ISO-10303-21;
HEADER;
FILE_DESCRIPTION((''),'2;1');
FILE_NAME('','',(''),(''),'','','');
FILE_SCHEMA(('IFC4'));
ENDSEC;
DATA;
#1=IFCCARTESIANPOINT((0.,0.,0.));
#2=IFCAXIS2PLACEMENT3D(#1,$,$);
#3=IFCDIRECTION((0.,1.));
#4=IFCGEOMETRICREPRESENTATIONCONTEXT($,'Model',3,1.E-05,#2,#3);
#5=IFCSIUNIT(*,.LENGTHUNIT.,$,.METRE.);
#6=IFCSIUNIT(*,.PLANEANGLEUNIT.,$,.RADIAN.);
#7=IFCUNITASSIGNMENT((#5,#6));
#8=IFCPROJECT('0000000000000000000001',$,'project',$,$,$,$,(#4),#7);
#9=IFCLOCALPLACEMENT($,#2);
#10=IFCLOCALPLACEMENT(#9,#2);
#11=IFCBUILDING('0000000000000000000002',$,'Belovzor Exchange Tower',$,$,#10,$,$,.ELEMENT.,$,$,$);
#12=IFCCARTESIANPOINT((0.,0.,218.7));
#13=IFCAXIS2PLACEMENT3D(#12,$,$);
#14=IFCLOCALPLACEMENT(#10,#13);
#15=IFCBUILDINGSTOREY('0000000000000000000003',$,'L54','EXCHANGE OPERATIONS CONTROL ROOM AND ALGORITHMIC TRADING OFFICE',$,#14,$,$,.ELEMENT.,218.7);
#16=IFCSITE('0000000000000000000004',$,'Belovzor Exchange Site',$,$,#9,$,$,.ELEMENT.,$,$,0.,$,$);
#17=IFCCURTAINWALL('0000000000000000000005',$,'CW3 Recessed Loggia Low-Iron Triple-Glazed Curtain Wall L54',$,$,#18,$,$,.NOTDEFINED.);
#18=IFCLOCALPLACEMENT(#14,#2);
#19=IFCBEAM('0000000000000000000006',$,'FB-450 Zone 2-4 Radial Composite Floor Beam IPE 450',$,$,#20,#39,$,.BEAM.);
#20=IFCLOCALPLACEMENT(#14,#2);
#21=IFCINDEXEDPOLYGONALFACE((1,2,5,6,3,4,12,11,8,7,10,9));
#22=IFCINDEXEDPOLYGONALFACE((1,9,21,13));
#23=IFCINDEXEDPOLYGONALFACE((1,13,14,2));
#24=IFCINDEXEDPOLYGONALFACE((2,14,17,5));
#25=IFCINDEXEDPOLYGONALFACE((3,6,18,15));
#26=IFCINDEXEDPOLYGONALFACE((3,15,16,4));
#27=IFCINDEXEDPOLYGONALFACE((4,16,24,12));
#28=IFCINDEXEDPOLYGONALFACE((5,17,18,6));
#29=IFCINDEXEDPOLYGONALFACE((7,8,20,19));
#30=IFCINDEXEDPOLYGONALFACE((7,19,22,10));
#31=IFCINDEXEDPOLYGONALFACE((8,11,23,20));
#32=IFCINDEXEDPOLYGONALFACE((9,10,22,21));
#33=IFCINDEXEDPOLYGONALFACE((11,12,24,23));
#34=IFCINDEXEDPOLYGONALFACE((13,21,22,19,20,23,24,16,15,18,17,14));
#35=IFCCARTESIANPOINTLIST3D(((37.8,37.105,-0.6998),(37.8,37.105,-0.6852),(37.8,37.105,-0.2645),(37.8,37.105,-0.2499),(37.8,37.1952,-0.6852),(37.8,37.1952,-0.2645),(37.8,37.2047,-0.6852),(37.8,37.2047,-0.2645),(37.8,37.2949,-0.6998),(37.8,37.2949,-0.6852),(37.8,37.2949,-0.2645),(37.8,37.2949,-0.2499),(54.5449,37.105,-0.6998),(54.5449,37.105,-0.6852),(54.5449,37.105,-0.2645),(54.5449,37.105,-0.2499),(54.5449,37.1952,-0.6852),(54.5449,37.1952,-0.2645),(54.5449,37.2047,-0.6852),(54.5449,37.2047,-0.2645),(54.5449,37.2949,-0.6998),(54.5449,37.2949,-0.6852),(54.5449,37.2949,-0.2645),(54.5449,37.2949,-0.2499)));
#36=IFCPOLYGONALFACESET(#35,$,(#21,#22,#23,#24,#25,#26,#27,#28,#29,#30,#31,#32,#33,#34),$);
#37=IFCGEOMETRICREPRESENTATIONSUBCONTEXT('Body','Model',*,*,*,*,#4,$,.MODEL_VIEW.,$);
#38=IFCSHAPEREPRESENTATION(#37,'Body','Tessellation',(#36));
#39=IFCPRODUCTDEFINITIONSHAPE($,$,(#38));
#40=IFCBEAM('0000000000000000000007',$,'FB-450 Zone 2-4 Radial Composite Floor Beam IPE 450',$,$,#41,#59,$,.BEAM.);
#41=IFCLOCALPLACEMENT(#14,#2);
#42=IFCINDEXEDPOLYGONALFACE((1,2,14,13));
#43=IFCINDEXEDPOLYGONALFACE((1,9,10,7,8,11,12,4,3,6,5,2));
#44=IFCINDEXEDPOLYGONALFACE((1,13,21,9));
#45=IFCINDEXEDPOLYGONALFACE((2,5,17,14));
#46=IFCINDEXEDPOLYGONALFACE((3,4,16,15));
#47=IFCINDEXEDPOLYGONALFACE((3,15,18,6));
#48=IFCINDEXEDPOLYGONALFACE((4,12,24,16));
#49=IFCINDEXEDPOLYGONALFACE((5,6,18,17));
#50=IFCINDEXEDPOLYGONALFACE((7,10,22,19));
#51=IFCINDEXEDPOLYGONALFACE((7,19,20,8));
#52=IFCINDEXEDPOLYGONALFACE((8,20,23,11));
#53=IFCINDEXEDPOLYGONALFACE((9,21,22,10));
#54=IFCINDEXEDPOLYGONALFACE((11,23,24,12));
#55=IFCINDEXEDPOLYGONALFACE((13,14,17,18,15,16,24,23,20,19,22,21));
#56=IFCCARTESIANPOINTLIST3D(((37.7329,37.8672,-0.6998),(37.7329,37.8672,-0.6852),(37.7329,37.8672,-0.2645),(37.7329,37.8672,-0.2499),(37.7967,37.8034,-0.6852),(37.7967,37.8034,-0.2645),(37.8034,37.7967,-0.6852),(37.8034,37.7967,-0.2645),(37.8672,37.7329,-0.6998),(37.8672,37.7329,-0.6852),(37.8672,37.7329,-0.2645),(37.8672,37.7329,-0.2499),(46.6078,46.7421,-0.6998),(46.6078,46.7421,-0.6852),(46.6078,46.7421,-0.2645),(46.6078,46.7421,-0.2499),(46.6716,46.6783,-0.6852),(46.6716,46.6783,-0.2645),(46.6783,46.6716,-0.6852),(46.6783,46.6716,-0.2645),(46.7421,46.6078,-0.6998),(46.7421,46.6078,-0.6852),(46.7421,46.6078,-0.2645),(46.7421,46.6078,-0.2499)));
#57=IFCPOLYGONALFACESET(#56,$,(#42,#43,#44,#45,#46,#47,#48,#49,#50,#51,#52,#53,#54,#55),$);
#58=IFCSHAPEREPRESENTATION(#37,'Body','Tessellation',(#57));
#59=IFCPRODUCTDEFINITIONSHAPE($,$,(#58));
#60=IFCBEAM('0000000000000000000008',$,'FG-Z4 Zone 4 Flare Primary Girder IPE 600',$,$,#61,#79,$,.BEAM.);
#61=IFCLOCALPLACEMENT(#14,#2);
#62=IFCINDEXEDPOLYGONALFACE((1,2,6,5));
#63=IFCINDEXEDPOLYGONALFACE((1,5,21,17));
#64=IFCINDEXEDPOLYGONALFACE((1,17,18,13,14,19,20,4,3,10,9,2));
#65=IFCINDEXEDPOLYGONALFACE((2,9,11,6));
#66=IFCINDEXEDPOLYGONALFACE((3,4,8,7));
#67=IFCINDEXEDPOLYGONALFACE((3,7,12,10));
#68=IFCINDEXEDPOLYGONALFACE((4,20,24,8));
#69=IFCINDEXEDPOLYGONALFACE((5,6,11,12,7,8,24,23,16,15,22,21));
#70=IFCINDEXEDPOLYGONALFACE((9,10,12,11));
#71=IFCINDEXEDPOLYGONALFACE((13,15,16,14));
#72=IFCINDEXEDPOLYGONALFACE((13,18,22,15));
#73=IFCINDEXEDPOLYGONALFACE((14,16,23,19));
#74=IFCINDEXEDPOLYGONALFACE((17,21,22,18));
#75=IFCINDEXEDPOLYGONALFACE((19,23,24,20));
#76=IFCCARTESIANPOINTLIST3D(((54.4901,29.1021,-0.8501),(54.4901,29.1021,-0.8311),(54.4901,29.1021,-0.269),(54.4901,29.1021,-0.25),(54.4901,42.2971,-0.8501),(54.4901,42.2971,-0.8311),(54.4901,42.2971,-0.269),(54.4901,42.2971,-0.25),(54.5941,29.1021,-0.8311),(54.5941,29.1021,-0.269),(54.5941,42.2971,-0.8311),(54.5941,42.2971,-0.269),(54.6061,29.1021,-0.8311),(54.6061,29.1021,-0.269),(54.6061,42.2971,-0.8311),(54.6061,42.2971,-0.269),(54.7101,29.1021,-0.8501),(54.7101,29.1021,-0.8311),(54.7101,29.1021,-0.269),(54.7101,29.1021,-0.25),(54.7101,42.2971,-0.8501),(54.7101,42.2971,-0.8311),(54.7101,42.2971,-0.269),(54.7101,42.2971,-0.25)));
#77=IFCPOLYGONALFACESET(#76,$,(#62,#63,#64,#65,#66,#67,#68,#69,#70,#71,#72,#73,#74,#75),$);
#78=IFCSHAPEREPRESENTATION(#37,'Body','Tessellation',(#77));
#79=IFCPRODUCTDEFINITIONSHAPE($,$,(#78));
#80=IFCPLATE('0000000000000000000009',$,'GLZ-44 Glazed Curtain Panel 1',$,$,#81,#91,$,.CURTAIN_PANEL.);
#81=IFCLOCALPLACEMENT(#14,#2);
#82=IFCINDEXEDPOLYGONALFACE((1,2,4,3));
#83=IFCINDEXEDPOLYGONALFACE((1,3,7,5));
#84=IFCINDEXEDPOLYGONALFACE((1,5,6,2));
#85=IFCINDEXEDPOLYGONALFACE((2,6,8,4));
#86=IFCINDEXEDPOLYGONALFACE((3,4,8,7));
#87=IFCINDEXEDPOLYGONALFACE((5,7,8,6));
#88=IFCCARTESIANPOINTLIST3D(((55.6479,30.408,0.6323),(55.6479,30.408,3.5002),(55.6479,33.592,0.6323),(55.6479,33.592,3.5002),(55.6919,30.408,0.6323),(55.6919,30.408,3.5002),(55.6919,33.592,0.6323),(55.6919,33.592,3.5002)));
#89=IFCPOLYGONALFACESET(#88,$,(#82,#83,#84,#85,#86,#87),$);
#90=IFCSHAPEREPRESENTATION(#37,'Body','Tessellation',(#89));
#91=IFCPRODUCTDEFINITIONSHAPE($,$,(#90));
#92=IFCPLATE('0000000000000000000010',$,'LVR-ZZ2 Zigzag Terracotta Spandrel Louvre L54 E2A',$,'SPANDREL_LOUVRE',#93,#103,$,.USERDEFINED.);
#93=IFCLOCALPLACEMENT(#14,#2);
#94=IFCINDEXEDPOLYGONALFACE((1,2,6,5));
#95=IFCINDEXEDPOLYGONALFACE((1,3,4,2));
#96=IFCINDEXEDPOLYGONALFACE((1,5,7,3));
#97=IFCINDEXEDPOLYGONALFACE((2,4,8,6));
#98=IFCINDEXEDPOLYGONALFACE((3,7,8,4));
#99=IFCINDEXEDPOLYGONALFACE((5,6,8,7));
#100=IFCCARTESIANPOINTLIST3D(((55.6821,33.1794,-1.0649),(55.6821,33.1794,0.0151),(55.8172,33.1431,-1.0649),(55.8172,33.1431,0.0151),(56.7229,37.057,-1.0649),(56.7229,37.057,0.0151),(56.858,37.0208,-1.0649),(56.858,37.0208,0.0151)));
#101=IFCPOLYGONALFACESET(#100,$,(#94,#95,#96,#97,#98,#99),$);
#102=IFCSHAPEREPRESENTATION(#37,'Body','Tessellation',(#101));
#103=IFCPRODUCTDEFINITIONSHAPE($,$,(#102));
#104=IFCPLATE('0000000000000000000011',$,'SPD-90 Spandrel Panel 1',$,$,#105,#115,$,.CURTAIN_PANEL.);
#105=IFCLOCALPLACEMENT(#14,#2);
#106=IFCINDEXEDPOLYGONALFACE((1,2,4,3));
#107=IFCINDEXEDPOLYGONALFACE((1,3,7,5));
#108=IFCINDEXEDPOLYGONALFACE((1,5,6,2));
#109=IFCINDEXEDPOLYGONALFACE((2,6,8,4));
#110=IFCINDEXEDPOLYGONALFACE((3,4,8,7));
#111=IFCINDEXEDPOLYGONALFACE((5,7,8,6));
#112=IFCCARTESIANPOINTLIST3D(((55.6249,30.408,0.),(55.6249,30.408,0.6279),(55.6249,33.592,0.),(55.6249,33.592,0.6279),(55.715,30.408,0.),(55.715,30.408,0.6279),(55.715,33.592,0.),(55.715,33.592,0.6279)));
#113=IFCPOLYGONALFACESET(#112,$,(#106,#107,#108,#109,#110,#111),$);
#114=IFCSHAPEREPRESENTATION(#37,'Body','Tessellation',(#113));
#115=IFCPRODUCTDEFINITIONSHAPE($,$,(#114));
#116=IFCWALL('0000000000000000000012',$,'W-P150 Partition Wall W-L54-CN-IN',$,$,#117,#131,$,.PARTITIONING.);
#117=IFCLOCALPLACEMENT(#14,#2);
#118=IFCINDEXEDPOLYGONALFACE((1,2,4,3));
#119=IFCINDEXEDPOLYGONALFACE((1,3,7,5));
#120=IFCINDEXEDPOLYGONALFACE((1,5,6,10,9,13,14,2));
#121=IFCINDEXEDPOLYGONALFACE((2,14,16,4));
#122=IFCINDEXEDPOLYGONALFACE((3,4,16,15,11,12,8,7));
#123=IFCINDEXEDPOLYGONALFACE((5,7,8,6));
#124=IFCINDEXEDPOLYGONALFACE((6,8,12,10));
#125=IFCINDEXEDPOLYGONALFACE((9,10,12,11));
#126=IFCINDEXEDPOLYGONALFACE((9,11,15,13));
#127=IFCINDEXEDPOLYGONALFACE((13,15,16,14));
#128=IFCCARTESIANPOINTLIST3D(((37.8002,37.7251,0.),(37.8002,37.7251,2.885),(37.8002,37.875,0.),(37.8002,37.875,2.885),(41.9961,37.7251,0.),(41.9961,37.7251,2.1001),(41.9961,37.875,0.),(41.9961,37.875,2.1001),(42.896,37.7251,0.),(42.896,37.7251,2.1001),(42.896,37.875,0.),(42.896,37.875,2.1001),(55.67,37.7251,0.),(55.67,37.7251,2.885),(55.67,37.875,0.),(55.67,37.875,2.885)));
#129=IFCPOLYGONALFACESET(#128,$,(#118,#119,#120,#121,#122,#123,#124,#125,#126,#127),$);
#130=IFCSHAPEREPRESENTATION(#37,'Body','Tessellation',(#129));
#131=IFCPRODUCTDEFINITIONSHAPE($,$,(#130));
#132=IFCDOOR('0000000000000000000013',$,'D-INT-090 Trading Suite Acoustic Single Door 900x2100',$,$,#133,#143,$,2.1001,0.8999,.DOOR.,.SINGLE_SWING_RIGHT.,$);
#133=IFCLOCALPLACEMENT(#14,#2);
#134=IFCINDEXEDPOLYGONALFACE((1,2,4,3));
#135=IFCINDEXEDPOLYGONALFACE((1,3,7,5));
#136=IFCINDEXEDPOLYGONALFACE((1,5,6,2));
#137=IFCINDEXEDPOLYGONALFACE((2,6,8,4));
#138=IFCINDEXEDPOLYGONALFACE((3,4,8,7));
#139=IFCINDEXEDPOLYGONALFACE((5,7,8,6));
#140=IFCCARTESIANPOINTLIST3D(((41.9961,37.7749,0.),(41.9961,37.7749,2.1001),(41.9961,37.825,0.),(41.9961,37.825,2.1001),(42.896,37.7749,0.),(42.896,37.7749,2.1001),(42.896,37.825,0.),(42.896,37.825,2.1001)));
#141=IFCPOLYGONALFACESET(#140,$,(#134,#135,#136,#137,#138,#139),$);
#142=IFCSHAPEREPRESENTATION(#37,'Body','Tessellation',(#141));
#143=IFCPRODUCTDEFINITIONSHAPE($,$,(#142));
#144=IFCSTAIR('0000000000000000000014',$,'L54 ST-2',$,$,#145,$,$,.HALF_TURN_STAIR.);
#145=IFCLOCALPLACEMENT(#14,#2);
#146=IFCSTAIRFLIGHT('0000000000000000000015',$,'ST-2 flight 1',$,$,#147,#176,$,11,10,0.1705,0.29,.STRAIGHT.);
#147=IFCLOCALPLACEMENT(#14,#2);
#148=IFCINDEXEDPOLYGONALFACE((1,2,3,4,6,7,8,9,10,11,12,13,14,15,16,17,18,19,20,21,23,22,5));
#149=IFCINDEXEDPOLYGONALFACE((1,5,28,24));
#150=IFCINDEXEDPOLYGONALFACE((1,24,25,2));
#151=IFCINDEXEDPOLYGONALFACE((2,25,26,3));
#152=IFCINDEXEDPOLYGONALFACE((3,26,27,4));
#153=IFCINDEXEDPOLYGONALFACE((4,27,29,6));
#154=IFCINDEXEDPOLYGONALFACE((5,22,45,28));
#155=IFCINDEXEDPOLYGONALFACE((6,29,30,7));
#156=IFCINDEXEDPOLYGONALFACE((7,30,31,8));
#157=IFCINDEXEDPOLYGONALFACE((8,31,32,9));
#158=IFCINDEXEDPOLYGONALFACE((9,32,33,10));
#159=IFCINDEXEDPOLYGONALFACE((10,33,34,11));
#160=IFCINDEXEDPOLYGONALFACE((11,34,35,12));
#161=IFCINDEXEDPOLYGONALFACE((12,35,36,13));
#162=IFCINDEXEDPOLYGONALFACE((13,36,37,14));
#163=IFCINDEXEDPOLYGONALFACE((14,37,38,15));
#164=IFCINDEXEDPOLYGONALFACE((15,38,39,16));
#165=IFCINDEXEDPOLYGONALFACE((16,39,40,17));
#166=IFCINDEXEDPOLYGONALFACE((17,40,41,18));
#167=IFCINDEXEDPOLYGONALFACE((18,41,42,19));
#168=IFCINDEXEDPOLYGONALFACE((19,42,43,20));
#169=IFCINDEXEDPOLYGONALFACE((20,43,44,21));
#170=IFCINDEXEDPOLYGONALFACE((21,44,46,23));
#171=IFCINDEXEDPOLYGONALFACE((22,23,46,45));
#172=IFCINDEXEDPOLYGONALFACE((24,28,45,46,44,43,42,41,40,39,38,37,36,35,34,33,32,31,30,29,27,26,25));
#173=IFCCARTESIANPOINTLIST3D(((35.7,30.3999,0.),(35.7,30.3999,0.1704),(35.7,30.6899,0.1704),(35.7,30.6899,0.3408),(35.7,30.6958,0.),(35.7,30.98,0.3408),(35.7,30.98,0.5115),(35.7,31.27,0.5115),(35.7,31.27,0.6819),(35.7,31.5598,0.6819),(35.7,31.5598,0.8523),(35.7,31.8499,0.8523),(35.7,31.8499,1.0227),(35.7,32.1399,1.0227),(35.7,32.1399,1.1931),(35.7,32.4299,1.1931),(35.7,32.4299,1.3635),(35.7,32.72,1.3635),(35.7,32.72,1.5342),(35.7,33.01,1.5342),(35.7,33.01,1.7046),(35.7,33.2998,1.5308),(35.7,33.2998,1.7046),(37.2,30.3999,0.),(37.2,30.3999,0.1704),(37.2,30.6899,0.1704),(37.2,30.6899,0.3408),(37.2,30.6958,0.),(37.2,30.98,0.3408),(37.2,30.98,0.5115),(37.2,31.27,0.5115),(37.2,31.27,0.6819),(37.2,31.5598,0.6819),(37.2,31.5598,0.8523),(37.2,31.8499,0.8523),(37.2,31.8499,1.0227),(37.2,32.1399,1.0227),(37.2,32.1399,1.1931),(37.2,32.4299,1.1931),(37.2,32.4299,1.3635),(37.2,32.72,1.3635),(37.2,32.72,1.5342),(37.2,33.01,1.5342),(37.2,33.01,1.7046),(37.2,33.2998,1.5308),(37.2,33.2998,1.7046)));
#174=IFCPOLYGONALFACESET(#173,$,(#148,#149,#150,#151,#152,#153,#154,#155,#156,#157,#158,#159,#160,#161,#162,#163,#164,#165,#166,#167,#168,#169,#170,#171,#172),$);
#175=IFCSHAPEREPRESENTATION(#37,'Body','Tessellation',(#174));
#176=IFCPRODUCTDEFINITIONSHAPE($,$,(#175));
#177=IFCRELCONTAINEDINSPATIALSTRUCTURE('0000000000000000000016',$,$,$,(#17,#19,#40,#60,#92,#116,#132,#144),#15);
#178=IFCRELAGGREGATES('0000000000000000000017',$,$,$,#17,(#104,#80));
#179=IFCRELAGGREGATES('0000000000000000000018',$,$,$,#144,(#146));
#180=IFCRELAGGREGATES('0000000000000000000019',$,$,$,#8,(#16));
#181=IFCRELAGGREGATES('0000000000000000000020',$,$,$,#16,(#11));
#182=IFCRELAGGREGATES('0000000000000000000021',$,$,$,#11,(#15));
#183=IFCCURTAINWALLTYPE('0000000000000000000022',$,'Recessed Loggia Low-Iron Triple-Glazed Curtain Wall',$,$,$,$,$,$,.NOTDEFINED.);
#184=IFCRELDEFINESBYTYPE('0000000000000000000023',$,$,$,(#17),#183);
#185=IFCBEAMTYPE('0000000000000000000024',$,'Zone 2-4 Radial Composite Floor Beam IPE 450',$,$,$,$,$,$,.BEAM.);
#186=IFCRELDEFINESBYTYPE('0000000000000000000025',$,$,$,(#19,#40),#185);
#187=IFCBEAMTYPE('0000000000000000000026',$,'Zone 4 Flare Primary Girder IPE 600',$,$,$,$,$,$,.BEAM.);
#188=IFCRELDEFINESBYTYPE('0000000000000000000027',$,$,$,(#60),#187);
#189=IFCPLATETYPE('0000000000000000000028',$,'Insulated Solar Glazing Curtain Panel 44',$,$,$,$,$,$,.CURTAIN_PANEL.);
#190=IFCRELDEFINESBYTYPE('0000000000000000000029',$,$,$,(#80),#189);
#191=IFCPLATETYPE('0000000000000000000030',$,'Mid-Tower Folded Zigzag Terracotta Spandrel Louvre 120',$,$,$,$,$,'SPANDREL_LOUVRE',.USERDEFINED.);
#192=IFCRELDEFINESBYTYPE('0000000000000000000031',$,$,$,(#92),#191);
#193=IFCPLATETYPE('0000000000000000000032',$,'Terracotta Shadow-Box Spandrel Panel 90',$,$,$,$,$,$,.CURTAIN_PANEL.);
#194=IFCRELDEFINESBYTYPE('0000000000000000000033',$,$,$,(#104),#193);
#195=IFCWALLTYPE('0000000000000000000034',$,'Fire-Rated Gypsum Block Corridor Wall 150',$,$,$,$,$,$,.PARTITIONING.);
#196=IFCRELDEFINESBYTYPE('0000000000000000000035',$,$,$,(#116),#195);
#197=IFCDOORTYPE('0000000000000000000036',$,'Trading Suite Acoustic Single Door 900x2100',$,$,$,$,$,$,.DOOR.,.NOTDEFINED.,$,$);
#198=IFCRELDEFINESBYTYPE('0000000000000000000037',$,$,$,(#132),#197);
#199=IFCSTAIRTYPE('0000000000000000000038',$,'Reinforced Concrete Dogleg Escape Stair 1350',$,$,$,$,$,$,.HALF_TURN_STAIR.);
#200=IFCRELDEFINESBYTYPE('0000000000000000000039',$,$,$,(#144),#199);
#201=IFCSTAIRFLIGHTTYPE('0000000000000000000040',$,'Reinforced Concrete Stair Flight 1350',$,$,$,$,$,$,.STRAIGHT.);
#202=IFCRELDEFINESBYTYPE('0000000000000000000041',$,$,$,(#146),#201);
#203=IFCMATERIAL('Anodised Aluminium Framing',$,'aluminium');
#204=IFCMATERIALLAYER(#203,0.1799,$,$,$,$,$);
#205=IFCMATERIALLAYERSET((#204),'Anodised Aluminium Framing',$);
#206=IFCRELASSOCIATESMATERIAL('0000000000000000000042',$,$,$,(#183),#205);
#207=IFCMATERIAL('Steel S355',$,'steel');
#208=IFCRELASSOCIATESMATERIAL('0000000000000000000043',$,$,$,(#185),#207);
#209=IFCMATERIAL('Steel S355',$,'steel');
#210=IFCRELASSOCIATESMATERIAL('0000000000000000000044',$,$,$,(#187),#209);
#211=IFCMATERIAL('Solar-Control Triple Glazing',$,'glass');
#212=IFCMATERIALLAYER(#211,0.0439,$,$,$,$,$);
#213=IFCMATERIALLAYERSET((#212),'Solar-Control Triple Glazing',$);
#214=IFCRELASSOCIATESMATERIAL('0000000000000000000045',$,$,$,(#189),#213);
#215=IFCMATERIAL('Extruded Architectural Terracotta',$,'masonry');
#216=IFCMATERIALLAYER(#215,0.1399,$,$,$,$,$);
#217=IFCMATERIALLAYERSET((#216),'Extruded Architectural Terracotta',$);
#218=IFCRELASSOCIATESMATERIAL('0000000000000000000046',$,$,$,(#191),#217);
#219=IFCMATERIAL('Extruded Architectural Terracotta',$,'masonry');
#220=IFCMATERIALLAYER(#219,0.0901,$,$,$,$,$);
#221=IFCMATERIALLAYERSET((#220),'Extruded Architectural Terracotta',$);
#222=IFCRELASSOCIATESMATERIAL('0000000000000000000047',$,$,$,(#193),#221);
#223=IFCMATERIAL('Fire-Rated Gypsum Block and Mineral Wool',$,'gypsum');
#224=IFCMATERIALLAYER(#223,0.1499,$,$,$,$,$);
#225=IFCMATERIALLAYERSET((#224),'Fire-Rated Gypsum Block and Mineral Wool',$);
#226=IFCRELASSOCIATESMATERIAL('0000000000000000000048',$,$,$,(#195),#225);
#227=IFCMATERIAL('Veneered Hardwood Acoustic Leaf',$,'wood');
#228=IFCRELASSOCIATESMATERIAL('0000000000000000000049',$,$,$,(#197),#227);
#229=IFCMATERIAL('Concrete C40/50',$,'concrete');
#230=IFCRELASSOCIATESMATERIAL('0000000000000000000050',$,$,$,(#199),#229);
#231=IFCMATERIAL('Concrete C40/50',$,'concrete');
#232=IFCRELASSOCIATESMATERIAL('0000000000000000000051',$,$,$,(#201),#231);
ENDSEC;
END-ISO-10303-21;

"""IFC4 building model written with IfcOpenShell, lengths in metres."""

from ifc_helpers import new_model, si_unit, direction, frame, frame_2d, origin, origin_2d, place, context, subcontext, project, spatial, polyline, rectangle, i_section, outline, extrude, material, layer, layer_set, material_profile, profile_set, type_object, element, fill, aggregate, save


model = new_model("IFC4")

# Units and contexts
model_context = context("Model", 3, precision=1e-05, world=origin(), true_north=direction((0.0, 1.0)))
body_context = subcontext(model_context, "Body", "Model", "MODEL_VIEW")
ifc_project = project(units=[si_unit("LENGTHUNIT", "METRE"), si_unit("PLANEANGLEUNIT", "RADIAN")], contexts=[model_context])

# Site, building, storey
site_placement = place(None, origin())
site = spatial("IfcSite", under=ifc_project, at=site_placement, Name="Belovzor Exchange Site", CompositionType="ELEMENT", RefElevation=0.0)
building_placement = place(site_placement, origin())
building = spatial("IfcBuilding", under=site, at=building_placement, Name="Belovzor Exchange Tower", CompositionType="ELEMENT")
storey_placement = place(building_placement, frame((0.0, 0.0, 218.7)))
storey = spatial("IfcBuildingStorey", under=building, at=storey_placement, Name="L54", Description="EXCHANGE OPERATIONS CONTROL ROOM AND ALGORITHMIC TRADING OFFICE", CompositionType="ELEMENT", Elevation=218.7)

# Curtain wall
ifc_material_1 = material(Name="Anodised Aluminium Framing", Category="aluminium")
ifc_layer_1 = layer(ifc_material_1, 0.1799)
ifc_layer_set_1 = layer_set([ifc_layer_1], Name="Anodised Aluminium Framing")
curtain_wall_type = type_object("IfcCurtainWallType", Name="Recessed Loggia Low-Iron Triple-Glazed Curtain Wall", PredefinedType="NOTDEFINED", material=ifc_layer_set_1)
curtain_wall_placement = place(storey_placement, origin())
curtain_wall = element("IfcCurtainWall", 1, at=curtain_wall_placement, inside=storey, type_object=curtain_wall_type, Name="CW3 Recessed Loggia Low-Iron Triple-Glazed Curtain Wall L54", PredefinedType="NOTDEFINED")

# Beams
ifc_material_2 = material(Name="Steel S355", Category="steel")
ifc_material_profile_1 = material_profile(ifc_material_2, i_section(OverallWidth=0.1899, OverallDepth=0.45, WebThickness=0.0095, FlangeThickness=0.0146, at=origin_2d()))
ifc_profile_set_1 = profile_set([ifc_material_profile_1], Name="Steel S355")
beam_type_1 = type_object("IfcBeamType", Name="Zone 2-4 Radial Composite Floor Beam IPE 450", PredefinedType="BEAM", material=ifc_profile_set_1)
for number, where, z_axis, x_axis, name in (
    (2, (37.8, 37.2, -0.4749), (1.0, 0.0, 0.0), (0.0, 1.0, 0.0), "FB-450 Zone 2-4 Radial Composite Floor Beam IPE 450"),
):
    element("IfcBeam", number, at=place(storey_placement, frame(where, z_axis=z_axis, x_axis=x_axis)), inside=storey, type_object=beam_type_1, Name=name, PredefinedType="BEAM", context=body_context, shape_type="SweptSolid", body=[
        extrude(i_section(OverallWidth=0.1899, OverallDepth=0.45, WebThickness=0.0095, FlangeThickness=0.0146, at=origin_2d()), origin(), (0.0, 0.0, 1.0), 16.7449),
    ])
beam_1_placement = place(storey_placement, frame((37.8, 37.8, -0.4749), z_axis=(0.707107, 0.707107, 0.0), x_axis=(-0.707107, 0.707107, 0.0)))
element("IfcBeam", 3, at=beam_1_placement, inside=storey, type_object=beam_type_1, Name="FB-450 Zone 2-4 Radial Composite Floor Beam IPE 450", PredefinedType="BEAM", context=body_context, shape_type="SweptSolid", body=[
    extrude(i_section(OverallWidth=0.1899, OverallDepth=0.45, WebThickness=0.0095, FlangeThickness=0.0146, at=origin_2d()), origin(), (0.0, 0.0, 1.0), 12.551),
])
ifc_material_3 = material(Name="Steel S355", Category="steel")
ifc_material_profile_2 = material_profile(ifc_material_3, i_section(OverallWidth=0.22, OverallDepth=0.6001, WebThickness=0.012, FlangeThickness=0.019, at=origin_2d()))
ifc_profile_set_2 = profile_set([ifc_material_profile_2], Name="Steel S355")
beam_type_2 = type_object("IfcBeamType", Name="Zone 4 Flare Primary Girder IPE 600", PredefinedType="BEAM", material=ifc_profile_set_2)
beam_2_placement = place(storey_placement, frame((54.6001, 29.1021, -0.55), z_axis=(0.0, 1.0, 0.0), x_axis=(-1.0, 0.0, 0.0)))
element("IfcBeam", 4, at=beam_2_placement, inside=storey, type_object=beam_type_2, Name="FG-Z4 Zone 4 Flare Primary Girder IPE 600", PredefinedType="BEAM", context=body_context, shape_type="SweptSolid", body=[
    extrude(i_section(OverallWidth=0.22, OverallDepth=0.6001, WebThickness=0.012, FlangeThickness=0.019, at=origin_2d()), origin(), (0.0, 0.0, 1.0), 13.1951),
])

# Plates
ifc_material_4 = material(Name="Solar-Control Triple Glazing", Category="glass")
ifc_layer_2 = layer(ifc_material_4, 0.0439)
ifc_layer_set_2 = layer_set([ifc_layer_2], Name="Solar-Control Triple Glazing")
plate_type_1 = type_object("IfcPlateType", Name="Insulated Solar Glazing Curtain Panel 44", PredefinedType="CURTAIN_PANEL", material=ifc_layer_set_2)
plate_1_placement = place(storey_placement, frame((55.6699, 32.0, 0.6323), z_axis=(0.0, 0.0, 1.0), x_axis=(0.0, -1.0, 0.0)))
plate_1 = element("IfcPlate", 5, at=plate_1_placement, type_object=plate_type_1, Name="GLZ-44 Glazed Curtain Panel 1", PredefinedType="CURTAIN_PANEL", context=body_context, shape_type="SweptSolid", body=[
    extrude(rectangle(XDim=3.1841, YDim=0.0439, at=origin_2d()), origin(), (0.0, 0.0, 1.0), 2.8679),
])
ifc_material_5 = material(Name="Extruded Architectural Terracotta", Category="masonry")
ifc_layer_3 = layer(ifc_material_5, 0.1399)
ifc_layer_set_3 = layer_set([ifc_layer_3], Name="Extruded Architectural Terracotta")
plate_type_2 = type_object("IfcPlateType", Name="Mid-Tower Folded Zigzag Terracotta Spandrel Louvre 120", ElementType="SPANDREL_LOUVRE", PredefinedType="USERDEFINED", material=ifc_layer_set_3)
plate_2_placement = place(storey_placement, frame((56.27, 35.1001, -1.0649), z_axis=(0.0, 0.0, 1.0), x_axis=(0.25924, 0.965813, 0.0)))
element("IfcPlate", 6, at=plate_2_placement, inside=storey, type_object=plate_type_2, Name="LVR-ZZ2 Zigzag Terracotta Spandrel Louvre L54 E2A", ObjectType="SPANDREL_LOUVRE", PredefinedType="USERDEFINED", context=body_context, shape_type="SweptSolid", body=[
    extrude(rectangle(XDim=4.0149, YDim=0.1399, at=origin_2d()), origin(), (0.0, 0.0, 1.0), 1.0801),
])
ifc_material_6 = material(Name="Extruded Architectural Terracotta", Category="masonry")
ifc_layer_4 = layer(ifc_material_6, 0.0901)
ifc_layer_set_4 = layer_set([ifc_layer_4], Name="Extruded Architectural Terracotta")
plate_type_3 = type_object("IfcPlateType", Name="Terracotta Shadow-Box Spandrel Panel 90", PredefinedType="CURTAIN_PANEL", material=ifc_layer_set_4)
plate_3_placement = place(storey_placement, frame((55.6699, 32.0, 0.0), z_axis=(0.0, 0.0, 1.0), x_axis=(0.0, -1.0, 0.0)))
plate_3 = element("IfcPlate", 7, at=plate_3_placement, type_object=plate_type_3, Name="SPD-90 Spandrel Panel 1", PredefinedType="CURTAIN_PANEL", context=body_context, shape_type="SweptSolid", body=[
    extrude(rectangle(XDim=3.1841, YDim=0.0901, at=origin_2d()), origin(), (0.0, 0.0, 1.0), 0.6279),
])
aggregate(curtain_wall, [plate_3, plate_1])

# Wall, opening, door
ifc_material_7 = material(Name="Fire-Rated Gypsum Block and Mineral Wool", Category="gypsum")
ifc_layer_5 = layer(ifc_material_7, 0.1499)
ifc_layer_set_5 = layer_set([ifc_layer_5], Name="Fire-Rated Gypsum Block and Mineral Wool")
wall_type = type_object("IfcWallType", Name="Fire-Rated Gypsum Block Corridor Wall 150", PredefinedType="PARTITIONING", material=ifc_layer_set_5)
wall_placement = place(storey_placement, frame((37.8, 37.8, 0.0), z_axis=(0.0, 0.0, 1.0), x_axis=(1.0, 0.0, 0.0)))
wall = element("IfcWall", 8, at=wall_placement, inside=storey, type_object=wall_type, Name="W-P150 Partition Wall W-L54-CN-IN", PredefinedType="PARTITIONING", context=body_context, shape_type="SweptSolid", body=[
    extrude(rectangle(XDim=17.8699, YDim=0.1499, at=frame_2d((8.9351, 0.0))), origin(), (0.0, 0.0, 1.0), 2.885),
])
opening_placement = place(wall_placement, frame((4.196, 0.0, 0.0)))
opening = element("IfcOpeningElement", 9, at=opening_placement, cuts=wall, PredefinedType="OPENING", context=body_context, shape_type="SweptSolid", body=[
    extrude(rectangle(XDim=0.8999, YDim=2.1001, at=frame_2d((0.45, 1.05))), frame((0.0, 0.085, 0.0), z_axis=(0.0, -1.0, 0.0), x_axis=(1.0, 0.0, 0.0)), (0.0, 0.0, 1.0), 0.1699),
])
ifc_material_8 = material(Name="Veneered Hardwood Acoustic Leaf", Category="wood")
door_type = type_object("IfcDoorType", Name="Trading Suite Acoustic Single Door 900x2100", OperationType="NOTDEFINED", PredefinedType="DOOR", material=ifc_material_8)
door_placement = place(opening_placement, origin())
door = element("IfcDoor", 10, at=door_placement, inside=storey, type_object=door_type, Name="D-INT-090 Trading Suite Acoustic Single Door 900x2100", OperationType="SINGLE_SWING_RIGHT", OverallHeight=2.1001, OverallWidth=0.8999, PredefinedType="DOOR", context=body_context, shape_type="SweptSolid", body=[
    extrude(rectangle(XDim=0.8999, YDim=2.1001, at=frame_2d((0.45, 1.05))), frame((0.0, 0.0249, 0.0), z_axis=(0.0, -1.0, 0.0), x_axis=(1.0, 0.0, 0.0)), (0.0, 0.0, 1.0), 0.05),
])
fill(opening, door)

# Stair, stair flight
ifc_material_9 = material(Name="Concrete C40/50", Category="concrete")
stair_type = type_object("IfcStairType", Name="Reinforced Concrete Dogleg Escape Stair 1350", PredefinedType="HALF_TURN_STAIR", material=ifc_material_9)
stair_placement = place(storey_placement, origin())
stair = element("IfcStair", 11, at=stair_placement, inside=storey, type_object=stair_type, Name="L54 ST-2", PredefinedType="HALF_TURN_STAIR")
ifc_material_10 = material(Name="Concrete C40/50", Category="concrete")
stair_flight_type = type_object("IfcStairFlightType", Name="Reinforced Concrete Stair Flight 1350", PredefinedType="STRAIGHT", material=ifc_material_10)
stair_flight_placement = place(storey_placement, frame((36.45, 30.3999, 0.0), z_axis=(0.0, 0.0, 1.0), x_axis=(0.0, 1.0, 0.0)))
stair_flight = element("IfcStairFlight", 12, at=stair_flight_placement, type_object=stair_flight_type, Name="ST-2 flight 1", NumberOfRisers=11, NumberOfTreads=10, PredefinedType="STRAIGHT", RiserHeight=0.1705, TreadLength=0.29, context=body_context, shape_type="SweptSolid", body=[
    extrude(outline(polyline([(0.0, 0.0), (0.0, 0.1704), (0.29, 0.1704), (0.29, 0.3408), (0.5801, 0.3408), (0.5801, 0.5115), (0.8701, 0.5115), (0.8701, 0.6819), (1.1599, 0.6819), (1.1599, 0.8523), (1.45, 0.8523), (1.45, 1.0227), (1.74, 1.0227), (1.74, 1.1931), (2.03, 1.1931), (2.03, 1.3635), (2.3201, 1.3635), (2.3201, 1.5342), (2.6101, 1.5342), (2.6101, 1.7046), (2.8999, 1.7046), (2.8999, 1.875), (2.8999, 1.5308), (0.2959, 0.0), (0.0, 0.0)])), frame((0.0, 0.75, 0.0), z_axis=(0.0, -1.0, 0.0), x_axis=(1.0, 0.0, 0.0)), (0.0, 0.0, 1.0), 1.5),
])
aggregate(stair, [stair_flight])

save(model, "model.ifc")
